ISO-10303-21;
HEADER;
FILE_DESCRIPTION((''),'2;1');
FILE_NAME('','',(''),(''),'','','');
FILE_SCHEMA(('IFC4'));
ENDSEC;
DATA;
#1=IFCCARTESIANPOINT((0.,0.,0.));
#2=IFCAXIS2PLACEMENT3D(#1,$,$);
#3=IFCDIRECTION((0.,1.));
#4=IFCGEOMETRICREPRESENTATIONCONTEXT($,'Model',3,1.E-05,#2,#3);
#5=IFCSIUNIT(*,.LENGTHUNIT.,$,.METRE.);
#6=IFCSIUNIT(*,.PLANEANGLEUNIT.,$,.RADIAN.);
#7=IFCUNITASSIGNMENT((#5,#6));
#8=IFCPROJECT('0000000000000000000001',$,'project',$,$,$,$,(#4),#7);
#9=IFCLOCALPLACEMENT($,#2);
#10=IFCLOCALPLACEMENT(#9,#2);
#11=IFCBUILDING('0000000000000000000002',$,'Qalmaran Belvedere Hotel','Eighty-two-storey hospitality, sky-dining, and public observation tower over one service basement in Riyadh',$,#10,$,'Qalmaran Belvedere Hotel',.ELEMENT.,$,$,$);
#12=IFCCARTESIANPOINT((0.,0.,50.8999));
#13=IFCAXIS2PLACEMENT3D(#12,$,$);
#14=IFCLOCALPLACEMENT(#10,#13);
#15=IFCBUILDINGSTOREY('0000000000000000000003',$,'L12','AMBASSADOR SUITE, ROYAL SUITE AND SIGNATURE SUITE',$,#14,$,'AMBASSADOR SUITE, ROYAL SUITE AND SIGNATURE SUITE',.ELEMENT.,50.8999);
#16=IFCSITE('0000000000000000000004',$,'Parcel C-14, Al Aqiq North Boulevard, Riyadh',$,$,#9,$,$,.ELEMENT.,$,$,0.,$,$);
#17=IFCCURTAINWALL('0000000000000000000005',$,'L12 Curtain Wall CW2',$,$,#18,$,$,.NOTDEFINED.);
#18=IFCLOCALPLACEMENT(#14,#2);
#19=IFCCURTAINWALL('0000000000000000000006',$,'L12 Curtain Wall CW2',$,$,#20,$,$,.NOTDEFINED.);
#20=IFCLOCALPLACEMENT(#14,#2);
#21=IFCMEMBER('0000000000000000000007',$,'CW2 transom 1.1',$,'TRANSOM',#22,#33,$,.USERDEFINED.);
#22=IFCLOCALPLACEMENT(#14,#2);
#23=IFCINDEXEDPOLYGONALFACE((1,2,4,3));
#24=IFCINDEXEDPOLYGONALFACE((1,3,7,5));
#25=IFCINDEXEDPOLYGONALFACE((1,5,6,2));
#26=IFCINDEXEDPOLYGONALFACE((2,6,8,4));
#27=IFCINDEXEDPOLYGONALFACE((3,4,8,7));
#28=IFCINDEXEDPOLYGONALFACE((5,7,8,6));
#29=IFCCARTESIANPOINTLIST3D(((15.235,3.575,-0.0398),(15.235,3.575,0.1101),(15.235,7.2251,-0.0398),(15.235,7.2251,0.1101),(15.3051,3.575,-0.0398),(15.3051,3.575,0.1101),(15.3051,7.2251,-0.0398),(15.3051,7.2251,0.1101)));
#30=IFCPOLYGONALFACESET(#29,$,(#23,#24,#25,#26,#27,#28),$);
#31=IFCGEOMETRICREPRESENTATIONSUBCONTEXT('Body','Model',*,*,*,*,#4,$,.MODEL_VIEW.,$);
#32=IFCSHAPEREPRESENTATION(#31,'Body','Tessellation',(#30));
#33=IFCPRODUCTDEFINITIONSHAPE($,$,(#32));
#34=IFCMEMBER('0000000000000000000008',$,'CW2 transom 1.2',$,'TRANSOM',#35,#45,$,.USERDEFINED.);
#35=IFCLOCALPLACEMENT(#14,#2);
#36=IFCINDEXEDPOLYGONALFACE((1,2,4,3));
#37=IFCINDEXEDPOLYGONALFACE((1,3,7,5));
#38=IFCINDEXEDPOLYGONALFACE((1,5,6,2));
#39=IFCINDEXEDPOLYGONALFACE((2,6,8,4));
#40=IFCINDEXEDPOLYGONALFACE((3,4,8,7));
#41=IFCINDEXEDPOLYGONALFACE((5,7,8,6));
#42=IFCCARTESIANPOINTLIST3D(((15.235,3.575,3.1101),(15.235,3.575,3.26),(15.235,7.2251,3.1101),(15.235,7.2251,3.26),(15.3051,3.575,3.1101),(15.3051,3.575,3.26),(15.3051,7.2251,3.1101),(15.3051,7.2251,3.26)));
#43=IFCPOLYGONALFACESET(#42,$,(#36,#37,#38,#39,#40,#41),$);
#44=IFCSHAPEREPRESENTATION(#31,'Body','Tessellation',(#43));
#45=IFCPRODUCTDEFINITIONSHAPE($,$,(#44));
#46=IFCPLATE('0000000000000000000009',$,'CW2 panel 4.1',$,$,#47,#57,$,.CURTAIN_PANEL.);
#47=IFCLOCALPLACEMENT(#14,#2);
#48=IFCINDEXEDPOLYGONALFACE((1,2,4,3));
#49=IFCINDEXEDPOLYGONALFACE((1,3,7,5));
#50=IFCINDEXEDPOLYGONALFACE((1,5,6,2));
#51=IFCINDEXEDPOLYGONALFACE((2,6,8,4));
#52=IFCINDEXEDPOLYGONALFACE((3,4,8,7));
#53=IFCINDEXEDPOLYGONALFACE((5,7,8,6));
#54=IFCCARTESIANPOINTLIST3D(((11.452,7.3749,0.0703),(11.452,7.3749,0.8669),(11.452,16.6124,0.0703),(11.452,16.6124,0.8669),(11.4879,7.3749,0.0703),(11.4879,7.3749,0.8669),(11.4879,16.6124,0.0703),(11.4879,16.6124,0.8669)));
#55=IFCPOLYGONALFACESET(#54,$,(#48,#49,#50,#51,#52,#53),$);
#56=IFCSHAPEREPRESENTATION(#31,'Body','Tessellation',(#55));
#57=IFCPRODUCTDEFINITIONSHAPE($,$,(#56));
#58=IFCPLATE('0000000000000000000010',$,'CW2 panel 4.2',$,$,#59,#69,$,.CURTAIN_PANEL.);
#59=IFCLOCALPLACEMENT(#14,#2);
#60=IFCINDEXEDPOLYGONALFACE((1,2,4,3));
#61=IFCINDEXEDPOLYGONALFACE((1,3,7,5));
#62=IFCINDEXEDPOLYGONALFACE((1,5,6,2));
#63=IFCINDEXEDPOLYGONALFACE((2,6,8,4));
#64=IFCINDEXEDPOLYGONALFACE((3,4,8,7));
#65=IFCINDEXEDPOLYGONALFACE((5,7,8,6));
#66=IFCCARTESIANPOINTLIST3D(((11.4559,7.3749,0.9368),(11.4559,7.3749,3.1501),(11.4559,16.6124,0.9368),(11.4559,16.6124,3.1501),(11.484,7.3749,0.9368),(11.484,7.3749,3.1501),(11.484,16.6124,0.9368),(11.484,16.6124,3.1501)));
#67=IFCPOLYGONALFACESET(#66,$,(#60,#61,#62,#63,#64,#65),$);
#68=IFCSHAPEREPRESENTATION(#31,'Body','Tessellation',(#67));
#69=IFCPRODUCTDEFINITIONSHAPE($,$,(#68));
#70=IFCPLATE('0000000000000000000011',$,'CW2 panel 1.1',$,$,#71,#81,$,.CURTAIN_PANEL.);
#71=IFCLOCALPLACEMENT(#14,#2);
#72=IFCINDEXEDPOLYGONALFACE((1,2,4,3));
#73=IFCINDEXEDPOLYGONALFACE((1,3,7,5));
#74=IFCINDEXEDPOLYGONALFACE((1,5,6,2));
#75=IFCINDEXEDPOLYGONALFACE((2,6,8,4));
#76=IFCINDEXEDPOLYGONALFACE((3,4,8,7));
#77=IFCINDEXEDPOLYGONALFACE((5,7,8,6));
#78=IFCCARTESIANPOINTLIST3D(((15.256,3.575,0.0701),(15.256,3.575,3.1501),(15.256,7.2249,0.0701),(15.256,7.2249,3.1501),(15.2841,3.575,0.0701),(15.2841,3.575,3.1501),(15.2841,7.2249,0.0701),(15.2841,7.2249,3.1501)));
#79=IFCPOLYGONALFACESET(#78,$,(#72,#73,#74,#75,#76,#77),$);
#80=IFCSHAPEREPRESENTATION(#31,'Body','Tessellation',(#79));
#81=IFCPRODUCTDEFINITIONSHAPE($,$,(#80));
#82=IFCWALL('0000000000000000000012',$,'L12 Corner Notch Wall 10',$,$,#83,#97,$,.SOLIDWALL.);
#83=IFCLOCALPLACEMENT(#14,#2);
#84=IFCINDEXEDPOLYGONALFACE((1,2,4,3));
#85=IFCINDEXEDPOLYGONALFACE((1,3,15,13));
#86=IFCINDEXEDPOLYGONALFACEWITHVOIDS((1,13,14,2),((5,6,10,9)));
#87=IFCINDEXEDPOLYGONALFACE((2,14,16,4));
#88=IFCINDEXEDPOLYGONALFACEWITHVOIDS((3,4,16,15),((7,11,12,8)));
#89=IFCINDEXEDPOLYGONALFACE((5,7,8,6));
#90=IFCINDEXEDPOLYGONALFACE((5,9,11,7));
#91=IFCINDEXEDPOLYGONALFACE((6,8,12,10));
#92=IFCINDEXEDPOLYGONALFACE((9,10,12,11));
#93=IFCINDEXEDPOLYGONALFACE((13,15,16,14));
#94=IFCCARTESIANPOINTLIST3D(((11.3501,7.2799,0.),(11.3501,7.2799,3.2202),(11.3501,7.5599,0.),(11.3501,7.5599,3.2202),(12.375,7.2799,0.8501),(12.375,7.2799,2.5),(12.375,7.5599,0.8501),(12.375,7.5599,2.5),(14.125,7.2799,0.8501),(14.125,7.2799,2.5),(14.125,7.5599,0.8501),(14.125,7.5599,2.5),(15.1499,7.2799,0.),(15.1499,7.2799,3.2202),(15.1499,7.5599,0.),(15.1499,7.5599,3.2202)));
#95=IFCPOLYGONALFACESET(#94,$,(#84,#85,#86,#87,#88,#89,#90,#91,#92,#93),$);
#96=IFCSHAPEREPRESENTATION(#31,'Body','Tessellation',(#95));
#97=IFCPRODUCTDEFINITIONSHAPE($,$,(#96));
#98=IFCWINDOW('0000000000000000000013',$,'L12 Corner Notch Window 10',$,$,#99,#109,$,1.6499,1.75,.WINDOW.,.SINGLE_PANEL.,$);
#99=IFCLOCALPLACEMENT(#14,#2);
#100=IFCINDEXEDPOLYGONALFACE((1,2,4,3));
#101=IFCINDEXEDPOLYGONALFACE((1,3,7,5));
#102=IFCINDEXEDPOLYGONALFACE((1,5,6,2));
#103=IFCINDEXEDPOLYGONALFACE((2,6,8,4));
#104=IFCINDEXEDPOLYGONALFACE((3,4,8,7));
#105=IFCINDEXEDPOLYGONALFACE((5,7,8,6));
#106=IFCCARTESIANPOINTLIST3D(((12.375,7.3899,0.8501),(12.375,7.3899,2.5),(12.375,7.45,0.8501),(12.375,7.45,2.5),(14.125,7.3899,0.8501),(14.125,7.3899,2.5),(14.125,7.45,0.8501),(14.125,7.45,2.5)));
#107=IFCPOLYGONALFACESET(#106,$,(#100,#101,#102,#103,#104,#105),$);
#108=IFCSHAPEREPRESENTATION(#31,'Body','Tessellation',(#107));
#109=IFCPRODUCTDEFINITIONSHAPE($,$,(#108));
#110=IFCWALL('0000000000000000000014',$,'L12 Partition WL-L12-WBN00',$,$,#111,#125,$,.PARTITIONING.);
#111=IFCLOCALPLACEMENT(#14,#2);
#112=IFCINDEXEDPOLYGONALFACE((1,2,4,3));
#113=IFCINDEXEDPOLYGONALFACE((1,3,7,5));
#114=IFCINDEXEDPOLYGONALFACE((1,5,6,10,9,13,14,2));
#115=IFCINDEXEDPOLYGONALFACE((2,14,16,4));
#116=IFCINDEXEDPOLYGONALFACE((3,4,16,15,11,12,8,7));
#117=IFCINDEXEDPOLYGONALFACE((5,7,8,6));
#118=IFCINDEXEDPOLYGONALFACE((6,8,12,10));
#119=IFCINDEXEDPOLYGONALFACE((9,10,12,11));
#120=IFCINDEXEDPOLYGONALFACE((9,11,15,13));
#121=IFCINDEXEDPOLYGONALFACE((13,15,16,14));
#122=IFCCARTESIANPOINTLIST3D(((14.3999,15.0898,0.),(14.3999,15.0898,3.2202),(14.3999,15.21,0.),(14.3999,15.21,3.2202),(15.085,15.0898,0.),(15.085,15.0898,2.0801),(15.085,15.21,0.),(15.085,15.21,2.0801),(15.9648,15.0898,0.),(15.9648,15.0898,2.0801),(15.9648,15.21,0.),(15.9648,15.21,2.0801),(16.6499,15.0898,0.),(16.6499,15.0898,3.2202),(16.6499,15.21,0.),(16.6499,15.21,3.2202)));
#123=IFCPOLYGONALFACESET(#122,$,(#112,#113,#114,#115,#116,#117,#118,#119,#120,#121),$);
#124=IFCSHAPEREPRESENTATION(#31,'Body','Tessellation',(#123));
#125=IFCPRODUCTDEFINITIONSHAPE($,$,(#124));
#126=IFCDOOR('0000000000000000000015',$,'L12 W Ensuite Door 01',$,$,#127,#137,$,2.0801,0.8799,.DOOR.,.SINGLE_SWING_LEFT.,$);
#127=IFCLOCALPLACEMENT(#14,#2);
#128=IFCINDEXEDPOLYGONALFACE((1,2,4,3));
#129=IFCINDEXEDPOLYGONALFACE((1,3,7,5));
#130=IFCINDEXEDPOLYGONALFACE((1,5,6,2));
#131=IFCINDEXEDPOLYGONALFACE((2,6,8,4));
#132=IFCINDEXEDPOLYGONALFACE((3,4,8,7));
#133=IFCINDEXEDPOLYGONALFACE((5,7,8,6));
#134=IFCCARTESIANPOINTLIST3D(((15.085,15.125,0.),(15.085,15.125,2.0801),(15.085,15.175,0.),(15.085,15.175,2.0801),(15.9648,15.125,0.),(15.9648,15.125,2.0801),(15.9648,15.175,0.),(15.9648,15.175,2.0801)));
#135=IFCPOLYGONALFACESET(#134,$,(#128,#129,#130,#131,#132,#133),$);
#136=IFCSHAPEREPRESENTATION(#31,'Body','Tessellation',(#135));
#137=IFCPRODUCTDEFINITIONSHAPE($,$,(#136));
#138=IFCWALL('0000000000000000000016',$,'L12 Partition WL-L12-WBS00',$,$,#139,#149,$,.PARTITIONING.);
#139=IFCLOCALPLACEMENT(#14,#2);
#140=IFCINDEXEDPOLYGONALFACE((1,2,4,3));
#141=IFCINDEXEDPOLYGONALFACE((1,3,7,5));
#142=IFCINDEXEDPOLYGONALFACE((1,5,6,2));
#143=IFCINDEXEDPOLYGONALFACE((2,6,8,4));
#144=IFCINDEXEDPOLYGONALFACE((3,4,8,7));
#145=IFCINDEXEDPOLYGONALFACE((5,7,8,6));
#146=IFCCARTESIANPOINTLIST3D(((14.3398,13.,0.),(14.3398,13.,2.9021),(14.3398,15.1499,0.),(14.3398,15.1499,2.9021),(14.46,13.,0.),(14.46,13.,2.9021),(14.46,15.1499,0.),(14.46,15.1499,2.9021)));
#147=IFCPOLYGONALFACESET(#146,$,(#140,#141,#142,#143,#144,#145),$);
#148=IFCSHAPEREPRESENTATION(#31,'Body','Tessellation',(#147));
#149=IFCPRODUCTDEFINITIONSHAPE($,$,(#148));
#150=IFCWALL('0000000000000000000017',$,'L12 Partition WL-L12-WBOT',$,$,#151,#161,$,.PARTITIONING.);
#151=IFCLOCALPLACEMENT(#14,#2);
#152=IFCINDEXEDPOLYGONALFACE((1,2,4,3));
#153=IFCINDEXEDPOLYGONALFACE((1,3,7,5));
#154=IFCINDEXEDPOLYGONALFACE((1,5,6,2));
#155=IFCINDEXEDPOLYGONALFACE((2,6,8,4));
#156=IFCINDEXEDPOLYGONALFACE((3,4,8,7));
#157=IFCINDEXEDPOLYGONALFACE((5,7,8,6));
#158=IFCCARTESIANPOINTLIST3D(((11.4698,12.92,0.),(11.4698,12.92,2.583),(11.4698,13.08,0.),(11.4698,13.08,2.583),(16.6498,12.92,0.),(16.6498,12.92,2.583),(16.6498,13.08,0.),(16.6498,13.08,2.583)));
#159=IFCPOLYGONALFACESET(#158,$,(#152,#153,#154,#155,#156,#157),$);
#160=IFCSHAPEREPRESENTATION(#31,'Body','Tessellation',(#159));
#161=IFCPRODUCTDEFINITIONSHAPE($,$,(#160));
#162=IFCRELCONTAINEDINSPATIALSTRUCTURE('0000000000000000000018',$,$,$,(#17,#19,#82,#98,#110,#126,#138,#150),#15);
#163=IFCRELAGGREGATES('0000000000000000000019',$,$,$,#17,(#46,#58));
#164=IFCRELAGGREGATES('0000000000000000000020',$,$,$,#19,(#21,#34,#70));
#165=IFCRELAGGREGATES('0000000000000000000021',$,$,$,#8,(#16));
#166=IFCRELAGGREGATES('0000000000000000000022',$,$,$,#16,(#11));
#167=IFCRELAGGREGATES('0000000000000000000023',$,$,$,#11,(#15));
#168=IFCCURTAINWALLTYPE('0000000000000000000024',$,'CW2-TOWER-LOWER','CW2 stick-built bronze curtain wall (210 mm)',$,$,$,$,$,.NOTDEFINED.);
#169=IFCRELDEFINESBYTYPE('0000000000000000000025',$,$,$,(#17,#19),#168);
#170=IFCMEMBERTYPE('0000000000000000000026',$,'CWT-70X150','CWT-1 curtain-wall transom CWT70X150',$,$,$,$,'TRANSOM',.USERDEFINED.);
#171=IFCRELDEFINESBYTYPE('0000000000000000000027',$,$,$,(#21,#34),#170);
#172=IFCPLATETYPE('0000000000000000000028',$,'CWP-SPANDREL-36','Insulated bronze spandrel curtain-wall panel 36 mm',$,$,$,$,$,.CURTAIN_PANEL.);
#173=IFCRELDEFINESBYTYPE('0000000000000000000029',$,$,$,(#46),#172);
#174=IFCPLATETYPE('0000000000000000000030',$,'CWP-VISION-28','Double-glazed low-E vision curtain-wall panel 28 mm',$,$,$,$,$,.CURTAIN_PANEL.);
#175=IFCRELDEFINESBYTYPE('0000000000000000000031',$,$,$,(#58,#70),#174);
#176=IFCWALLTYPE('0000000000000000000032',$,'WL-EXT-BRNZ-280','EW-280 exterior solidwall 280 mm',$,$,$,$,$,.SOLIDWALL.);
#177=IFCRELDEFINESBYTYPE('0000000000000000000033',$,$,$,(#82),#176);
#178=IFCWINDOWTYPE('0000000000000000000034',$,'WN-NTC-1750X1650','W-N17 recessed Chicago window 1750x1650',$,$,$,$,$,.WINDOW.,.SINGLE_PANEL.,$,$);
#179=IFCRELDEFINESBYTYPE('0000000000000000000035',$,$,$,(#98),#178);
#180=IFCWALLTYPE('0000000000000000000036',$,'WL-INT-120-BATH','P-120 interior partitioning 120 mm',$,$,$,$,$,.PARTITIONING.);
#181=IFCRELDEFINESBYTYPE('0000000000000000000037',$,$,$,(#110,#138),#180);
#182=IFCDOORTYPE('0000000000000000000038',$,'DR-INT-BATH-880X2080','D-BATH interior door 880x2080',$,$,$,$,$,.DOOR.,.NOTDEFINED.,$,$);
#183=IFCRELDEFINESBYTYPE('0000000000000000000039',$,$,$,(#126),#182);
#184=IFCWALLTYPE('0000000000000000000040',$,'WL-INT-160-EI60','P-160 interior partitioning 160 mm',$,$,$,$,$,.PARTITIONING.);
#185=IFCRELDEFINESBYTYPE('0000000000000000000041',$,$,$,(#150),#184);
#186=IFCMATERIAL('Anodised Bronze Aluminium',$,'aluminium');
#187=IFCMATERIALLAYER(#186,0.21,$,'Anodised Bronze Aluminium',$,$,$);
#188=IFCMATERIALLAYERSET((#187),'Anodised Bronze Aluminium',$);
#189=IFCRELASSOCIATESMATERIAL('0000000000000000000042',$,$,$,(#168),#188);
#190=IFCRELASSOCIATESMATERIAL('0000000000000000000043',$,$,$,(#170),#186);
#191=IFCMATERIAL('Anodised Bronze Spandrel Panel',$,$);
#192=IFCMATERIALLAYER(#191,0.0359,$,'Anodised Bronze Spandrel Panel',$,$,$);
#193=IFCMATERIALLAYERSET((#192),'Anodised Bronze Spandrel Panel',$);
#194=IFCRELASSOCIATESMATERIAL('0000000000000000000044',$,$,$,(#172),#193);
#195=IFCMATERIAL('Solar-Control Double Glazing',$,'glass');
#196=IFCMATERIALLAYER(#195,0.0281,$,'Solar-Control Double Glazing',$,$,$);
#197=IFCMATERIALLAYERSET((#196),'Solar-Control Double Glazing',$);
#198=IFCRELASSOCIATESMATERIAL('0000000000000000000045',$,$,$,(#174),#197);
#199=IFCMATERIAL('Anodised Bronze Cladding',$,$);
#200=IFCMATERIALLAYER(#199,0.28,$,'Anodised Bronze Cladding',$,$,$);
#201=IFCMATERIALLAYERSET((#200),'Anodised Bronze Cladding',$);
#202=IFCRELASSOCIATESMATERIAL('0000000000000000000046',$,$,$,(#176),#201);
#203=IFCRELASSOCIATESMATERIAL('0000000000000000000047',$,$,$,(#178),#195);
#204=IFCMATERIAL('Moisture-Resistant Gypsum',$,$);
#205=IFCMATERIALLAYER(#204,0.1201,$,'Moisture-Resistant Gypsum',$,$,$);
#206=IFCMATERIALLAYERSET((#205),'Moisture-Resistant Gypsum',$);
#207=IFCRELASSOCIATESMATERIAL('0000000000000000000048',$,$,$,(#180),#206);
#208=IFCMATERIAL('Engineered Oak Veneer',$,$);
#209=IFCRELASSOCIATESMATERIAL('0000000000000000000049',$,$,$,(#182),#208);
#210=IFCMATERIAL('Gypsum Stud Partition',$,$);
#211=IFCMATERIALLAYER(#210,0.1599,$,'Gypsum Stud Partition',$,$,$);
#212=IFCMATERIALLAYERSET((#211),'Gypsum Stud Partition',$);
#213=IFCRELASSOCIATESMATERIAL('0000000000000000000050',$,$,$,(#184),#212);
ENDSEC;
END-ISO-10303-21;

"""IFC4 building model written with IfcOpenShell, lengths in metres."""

from ifc_helpers import new_model, si_unit, direction, frame, frame_2d, origin, origin_2d, place, context, subcontext, project, spatial, rectangle, extrude, material, layer, layer_set, material_profile, profile_set, type_object, element, fill, aggregate, save


model = new_model("IFC4")

# Units and contexts
model_context = context("Model", 3, precision=1e-05, world=origin(), true_north=direction((0.0, 1.0)))
body_context = subcontext(model_context, "Body", "Model", "MODEL_VIEW")
ifc_project = project(units=[si_unit("LENGTHUNIT", "METRE"), si_unit("PLANEANGLEUNIT", "RADIAN")], contexts=[model_context])

# Site, building, storey
site_placement = place(None, origin())
site = spatial("IfcSite", under=ifc_project, at=site_placement, Name="Parcel C-14, Al Aqiq North Boulevard, Riyadh", CompositionType="ELEMENT", RefElevation=0.0)
building_placement = place(site_placement, origin())
building = spatial("IfcBuilding", under=site, at=building_placement, Name="Qalmaran Belvedere Hotel", Description="Eighty-two-storey hospitality, sky-dining, and public observation tower over one service basement in Riyadh", LongName="Qalmaran Belvedere Hotel", CompositionType="ELEMENT")
storey_placement = place(building_placement, frame((0.0, 0.0, 50.8999)))
storey = spatial("IfcBuildingStorey", under=building, at=storey_placement, Name="L12", Description="AMBASSADOR SUITE, ROYAL SUITE AND SIGNATURE SUITE", LongName="AMBASSADOR SUITE, ROYAL SUITE AND SIGNATURE SUITE", CompositionType="ELEMENT", Elevation=50.8999)

# Curtain wall
ifc_material_1 = material(Name="Anodised Bronze Aluminium", Category="aluminium")
ifc_layer_1 = layer(ifc_material_1, 0.21, Name="Anodised Bronze Aluminium")
ifc_layer_set_1 = layer_set([ifc_layer_1], Name="Anodised Bronze Aluminium")
curtain_wall_type = type_object("IfcCurtainWallType", Name="CW2-TOWER-LOWER", Description="CW2 stick-built bronze curtain wall (210 mm)", PredefinedType="NOTDEFINED", material=ifc_layer_set_1)
curtain_wall_1_placement = place(storey_placement, origin())
curtain_wall_1 = element("IfcCurtainWall", 1, at=curtain_wall_1_placement, inside=storey, type_object=curtain_wall_type, Name="L12 Curtain Wall CW2", PredefinedType="NOTDEFINED")

# Curtain wall
curtain_wall_2_placement = place(storey_placement, origin())
curtain_wall_2 = element("IfcCurtainWall", 2, at=curtain_wall_2_placement, inside=storey, type_object=curtain_wall_type, Name="L12 Curtain Wall CW2", PredefinedType="NOTDEFINED")
ifc_material_profile_1 = material_profile(ifc_material_1, rectangle(XDim=0.0701, YDim=0.1499, at=origin_2d()), Name="CWT70X150")
ifc_profile_set_1 = profile_set([ifc_material_profile_1], Name="Anodised Bronze Aluminium")
member_type_1 = type_object("IfcMemberType", Name="CWT-70X150", Description="CWT-1 curtain-wall transom CWT70X150", ElementType="TRANSOM", PredefinedType="USERDEFINED", material=ifc_profile_set_1)

# Members
member_1_placement = place(storey_placement, frame((15.27, 7.2251, 0.0352), z_axis=(0.0, -1.0, 0.0), x_axis=(1.0, 0.0, 0.0)))
member_1 = element("IfcMember", 3, at=member_1_placement, type_object=member_type_1, Name="CW2 transom 1.1", ObjectType="TRANSOM", PredefinedType="USERDEFINED", context=body_context, shape_type="SweptSolid", body=[
    extrude(rectangle(XDim=0.0701, YDim=0.1499, at=origin_2d()), origin(), (0.0, 0.0, 1.0), 3.6501),
])
member_2_placement = place(storey_placement, frame((15.27, 7.2251, 3.1851), z_axis=(0.0, -1.0, 0.0), x_axis=(1.0, 0.0, 0.0)))
member_2 = element("IfcMember", 4, at=member_2_placement, type_object=member_type_1, Name="CW2 transom 1.2", ObjectType="TRANSOM", PredefinedType="USERDEFINED", context=body_context, shape_type="SweptSolid", body=[
    extrude(rectangle(XDim=0.0701, YDim=0.1499, at=origin_2d()), origin(), (0.0, 0.0, 1.0), 3.6501),
])

# Plates
ifc_material_2 = material(Name="Anodised Bronze Spandrel Panel")
ifc_layer_2 = layer(ifc_material_2, 0.0359, Name="Anodised Bronze Spandrel Panel")
ifc_layer_set_2 = layer_set([ifc_layer_2], Name="Anodised Bronze Spandrel Panel")
plate_type_1 = type_object("IfcPlateType", Name="CWP-SPANDREL-36", Description="Insulated bronze spandrel curtain-wall panel 36 mm", PredefinedType="CURTAIN_PANEL", material=ifc_layer_set_2)
plate_1_placement = place(storey_placement, frame((11.47, 11.9937, 0.0703), z_axis=(0.0, 0.0, 1.0), x_axis=(0.0, -1.0, 0.0)))
plate_1 = element("IfcPlate", 5, at=plate_1_placement, type_object=plate_type_1, Name="CW2 panel 4.1", PredefinedType="CURTAIN_PANEL", context=body_context, shape_type="SweptSolid", body=[
    extrude(rectangle(XDim=9.2375, YDim=0.0359, at=origin_2d()), origin(), (0.0, 0.0, 1.0), 0.7966),
])
ifc_material_3 = material(Name="Solar-Control Double Glazing", Category="glass")
ifc_layer_3 = layer(ifc_material_3, 0.0281, Name="Solar-Control Double Glazing")
ifc_layer_set_3 = layer_set([ifc_layer_3], Name="Solar-Control Double Glazing")
plate_type_2 = type_object("IfcPlateType", Name="CWP-VISION-28", Description="Double-glazed low-E vision curtain-wall panel 28 mm", PredefinedType="CURTAIN_PANEL", material=ifc_layer_set_3)
plate_2_placement = place(storey_placement, frame((11.47, 11.9937, 0.9368), z_axis=(0.0, 0.0, 1.0), x_axis=(0.0, -1.0, 0.0)))
plate_2 = element("IfcPlate", 6, at=plate_2_placement, type_object=plate_type_2, Name="CW2 panel 4.2", PredefinedType="CURTAIN_PANEL", context=body_context, shape_type="SweptSolid", body=[
    extrude(rectangle(XDim=9.2375, YDim=0.0281, at=origin_2d()), origin(), (0.0, 0.0, 1.0), 2.2134),
])
aggregate(curtain_wall_1, [plate_1, plate_2])
plate_3_placement = place(storey_placement, frame((15.27, 5.3999, 0.0701), z_axis=(0.0, 0.0, 1.0), x_axis=(0.0, -1.0, 0.0)))
plate_3 = element("IfcPlate", 7, at=plate_3_placement, type_object=plate_type_2, Name="CW2 panel 1.1", PredefinedType="CURTAIN_PANEL", context=body_context, shape_type="SweptSolid", body=[
    extrude(rectangle(XDim=3.6499, YDim=0.0281, at=origin_2d()), origin(), (0.0, 0.0, 1.0), 3.0801),
])
aggregate(curtain_wall_2, [member_1, member_2, plate_3])

# Wall, opening, window
ifc_material_4 = material(Name="Anodised Bronze Cladding")
ifc_layer_4 = layer(ifc_material_4, 0.28, Name="Anodised Bronze Cladding")
ifc_layer_set_4 = layer_set([ifc_layer_4], Name="Anodised Bronze Cladding")
wall_type_1 = type_object("IfcWallType", Name="WL-EXT-BRNZ-280", Description="EW-280 exterior solidwall 280 mm", PredefinedType="SOLIDWALL", material=ifc_layer_set_4)
wall_1_placement = place(storey_placement, frame((11.3501, 7.4199, 0.0), z_axis=(0.0, 0.0, 1.0), x_axis=(1.0, 0.0, 0.0)))
wall_1 = element("IfcWall", 8, at=wall_1_placement, inside=storey, type_object=wall_type_1, Name="L12 Corner Notch Wall 10", PredefinedType="SOLIDWALL", context=body_context, shape_type="SweptSolid", body=[
    extrude(rectangle(XDim=3.7998, YDim=0.28, at=frame_2d((1.8999, 0.0))), origin(), (0.0, 0.0, 1.0), 3.2202),
])
opening_1_placement = place(wall_1_placement, frame((1.0249, 0.0, 0.8501)))
opening_1 = element("IfcOpeningElement", 9, at=opening_1_placement, cuts=wall_1, PredefinedType="OPENING", context=body_context, shape_type="SweptSolid", body=[
    extrude(rectangle(XDim=1.75, YDim=1.6499, at=frame_2d((0.875, 0.825))), frame((0.0, 0.1499, 0.0), z_axis=(0.0, -1.0, 0.0), x_axis=(1.0, 0.0, 0.0)), (0.0, 0.0, 1.0), 0.3),
])
window_type = type_object("IfcWindowType", Name="WN-NTC-1750X1650", Description="W-N17 recessed Chicago window 1750x1650", PartitioningType="SINGLE_PANEL", PredefinedType="WINDOW", material=ifc_material_3)
window_placement = place(opening_1_placement, origin())
window = element("IfcWindow", 10, at=window_placement, inside=storey, type_object=window_type, Name="L12 Corner Notch Window 10", OverallHeight=1.6499, OverallWidth=1.75, PartitioningType="SINGLE_PANEL", PredefinedType="WINDOW", context=body_context, shape_type="SweptSolid", body=[
    extrude(rectangle(XDim=1.75, YDim=1.6499, at=frame_2d((0.875, 0.825))), frame((0.0, 0.03, 0.0), z_axis=(0.0, -1.0, 0.0), x_axis=(1.0, 0.0, 0.0)), (0.0, 0.0, 1.0), 0.0601),
])
fill(opening_1, window)

# Wall, opening, door
ifc_material_5 = material(Name="Moisture-Resistant Gypsum")
ifc_layer_5 = layer(ifc_material_5, 0.1201, Name="Moisture-Resistant Gypsum")
ifc_layer_set_5 = layer_set([ifc_layer_5], Name="Moisture-Resistant Gypsum")
wall_type_2 = type_object("IfcWallType", Name="WL-INT-120-BATH", Description="P-120 interior partitioning 120 mm", PredefinedType="PARTITIONING", material=ifc_layer_set_5)
wall_2_placement = place(storey_placement, frame((14.3999, 15.1499, 0.0), z_axis=(0.0, 0.0, 1.0), x_axis=(1.0, 0.0, 0.0)))
wall_2 = element("IfcWall", 11, at=wall_2_placement, inside=storey, type_object=wall_type_2, Name="L12 Partition WL-L12-WBN00", PredefinedType="PARTITIONING", context=body_context, shape_type="SweptSolid", body=[
    extrude(rectangle(XDim=2.25, YDim=0.1201, at=frame_2d((1.125, 0.0))), origin(), (0.0, 0.0, 1.0), 3.2202),
])
opening_2_placement = place(wall_2_placement, frame((1.5649, 0.0, 0.0), z_axis=(0.0, 0.0, 1.0), x_axis=(-1.0, 0.0, 0.0)))
opening_2 = element("IfcOpeningElement", 12, at=opening_2_placement, cuts=wall_2, PredefinedType="OPENING", context=body_context, shape_type="SweptSolid", body=[
    extrude(rectangle(XDim=0.8799, YDim=2.0801, at=frame_2d((0.4399, 1.04))), frame((0.0, 0.0701, 0.0), z_axis=(0.0, -1.0, 0.0), x_axis=(1.0, 0.0, 0.0)), (0.0, 0.0, 1.0), 0.1401),
])
ifc_material_6 = material(Name="Engineered Oak Veneer")
door_type = type_object("IfcDoorType", Name="DR-INT-BATH-880X2080", Description="D-BATH interior door 880x2080", OperationType="NOTDEFINED", PredefinedType="DOOR", material=ifc_material_6)
door_placement = place(opening_2_placement, origin())
door = element("IfcDoor", 13, at=door_placement, inside=storey, type_object=door_type, Name="L12 W Ensuite Door 01", OperationType="SINGLE_SWING_LEFT", OverallHeight=2.0801, OverallWidth=0.8799, PredefinedType="DOOR", context=body_context, shape_type="SweptSolid", body=[
    extrude(rectangle(XDim=0.8799, YDim=2.0801, at=frame_2d((0.4399, 1.04))), frame((0.0, 0.0249, 0.0), z_axis=(0.0, -1.0, 0.0), x_axis=(1.0, 0.0, 0.0)), (0.0, 0.0, 1.0), 0.05),
])
fill(opening_2, door)

# Walls
wall_3_placement = place(storey_placement, frame((14.3999, 13.0, 0.0), z_axis=(0.0, 0.0, 1.0), x_axis=(0.0, 1.0, 0.0)))
element("IfcWall", 14, at=wall_3_placement, inside=storey, type_object=wall_type_2, Name="L12 Partition WL-L12-WBS00", PredefinedType="PARTITIONING", context=body_context, shape_type="SweptSolid", body=[
    extrude(rectangle(XDim=2.1499, YDim=0.1201, at=frame_2d((1.075, 0.0))), origin(), (0.0, 0.0, 1.0), 2.9021),
])
ifc_material_7 = material(Name="Gypsum Stud Partition")
ifc_layer_6 = layer(ifc_material_7, 0.1599, Name="Gypsum Stud Partition")
ifc_layer_set_6 = layer_set([ifc_layer_6], Name="Gypsum Stud Partition")
wall_type_3 = type_object("IfcWallType", Name="WL-INT-160-EI60", Description="P-160 interior partitioning 160 mm", PredefinedType="PARTITIONING", material=ifc_layer_set_6)
wall_4_placement = place(storey_placement, frame((11.47, 13.0, 0.0), z_axis=(0.0, 0.0, 1.0), x_axis=(1.0, 0.0, 0.0)))
element("IfcWall", 15, at=wall_4_placement, inside=storey, type_object=wall_type_3, Name="L12 Partition WL-L12-WBOT", PredefinedType="PARTITIONING", context=body_context, shape_type="SweptSolid", body=[
    extrude(rectangle(XDim=5.1799, YDim=0.1599, at=frame_2d((2.5898, 0.0))), origin(), (0.0, 0.0, 1.0), 2.583),
])

save(model, "model.ifc")
